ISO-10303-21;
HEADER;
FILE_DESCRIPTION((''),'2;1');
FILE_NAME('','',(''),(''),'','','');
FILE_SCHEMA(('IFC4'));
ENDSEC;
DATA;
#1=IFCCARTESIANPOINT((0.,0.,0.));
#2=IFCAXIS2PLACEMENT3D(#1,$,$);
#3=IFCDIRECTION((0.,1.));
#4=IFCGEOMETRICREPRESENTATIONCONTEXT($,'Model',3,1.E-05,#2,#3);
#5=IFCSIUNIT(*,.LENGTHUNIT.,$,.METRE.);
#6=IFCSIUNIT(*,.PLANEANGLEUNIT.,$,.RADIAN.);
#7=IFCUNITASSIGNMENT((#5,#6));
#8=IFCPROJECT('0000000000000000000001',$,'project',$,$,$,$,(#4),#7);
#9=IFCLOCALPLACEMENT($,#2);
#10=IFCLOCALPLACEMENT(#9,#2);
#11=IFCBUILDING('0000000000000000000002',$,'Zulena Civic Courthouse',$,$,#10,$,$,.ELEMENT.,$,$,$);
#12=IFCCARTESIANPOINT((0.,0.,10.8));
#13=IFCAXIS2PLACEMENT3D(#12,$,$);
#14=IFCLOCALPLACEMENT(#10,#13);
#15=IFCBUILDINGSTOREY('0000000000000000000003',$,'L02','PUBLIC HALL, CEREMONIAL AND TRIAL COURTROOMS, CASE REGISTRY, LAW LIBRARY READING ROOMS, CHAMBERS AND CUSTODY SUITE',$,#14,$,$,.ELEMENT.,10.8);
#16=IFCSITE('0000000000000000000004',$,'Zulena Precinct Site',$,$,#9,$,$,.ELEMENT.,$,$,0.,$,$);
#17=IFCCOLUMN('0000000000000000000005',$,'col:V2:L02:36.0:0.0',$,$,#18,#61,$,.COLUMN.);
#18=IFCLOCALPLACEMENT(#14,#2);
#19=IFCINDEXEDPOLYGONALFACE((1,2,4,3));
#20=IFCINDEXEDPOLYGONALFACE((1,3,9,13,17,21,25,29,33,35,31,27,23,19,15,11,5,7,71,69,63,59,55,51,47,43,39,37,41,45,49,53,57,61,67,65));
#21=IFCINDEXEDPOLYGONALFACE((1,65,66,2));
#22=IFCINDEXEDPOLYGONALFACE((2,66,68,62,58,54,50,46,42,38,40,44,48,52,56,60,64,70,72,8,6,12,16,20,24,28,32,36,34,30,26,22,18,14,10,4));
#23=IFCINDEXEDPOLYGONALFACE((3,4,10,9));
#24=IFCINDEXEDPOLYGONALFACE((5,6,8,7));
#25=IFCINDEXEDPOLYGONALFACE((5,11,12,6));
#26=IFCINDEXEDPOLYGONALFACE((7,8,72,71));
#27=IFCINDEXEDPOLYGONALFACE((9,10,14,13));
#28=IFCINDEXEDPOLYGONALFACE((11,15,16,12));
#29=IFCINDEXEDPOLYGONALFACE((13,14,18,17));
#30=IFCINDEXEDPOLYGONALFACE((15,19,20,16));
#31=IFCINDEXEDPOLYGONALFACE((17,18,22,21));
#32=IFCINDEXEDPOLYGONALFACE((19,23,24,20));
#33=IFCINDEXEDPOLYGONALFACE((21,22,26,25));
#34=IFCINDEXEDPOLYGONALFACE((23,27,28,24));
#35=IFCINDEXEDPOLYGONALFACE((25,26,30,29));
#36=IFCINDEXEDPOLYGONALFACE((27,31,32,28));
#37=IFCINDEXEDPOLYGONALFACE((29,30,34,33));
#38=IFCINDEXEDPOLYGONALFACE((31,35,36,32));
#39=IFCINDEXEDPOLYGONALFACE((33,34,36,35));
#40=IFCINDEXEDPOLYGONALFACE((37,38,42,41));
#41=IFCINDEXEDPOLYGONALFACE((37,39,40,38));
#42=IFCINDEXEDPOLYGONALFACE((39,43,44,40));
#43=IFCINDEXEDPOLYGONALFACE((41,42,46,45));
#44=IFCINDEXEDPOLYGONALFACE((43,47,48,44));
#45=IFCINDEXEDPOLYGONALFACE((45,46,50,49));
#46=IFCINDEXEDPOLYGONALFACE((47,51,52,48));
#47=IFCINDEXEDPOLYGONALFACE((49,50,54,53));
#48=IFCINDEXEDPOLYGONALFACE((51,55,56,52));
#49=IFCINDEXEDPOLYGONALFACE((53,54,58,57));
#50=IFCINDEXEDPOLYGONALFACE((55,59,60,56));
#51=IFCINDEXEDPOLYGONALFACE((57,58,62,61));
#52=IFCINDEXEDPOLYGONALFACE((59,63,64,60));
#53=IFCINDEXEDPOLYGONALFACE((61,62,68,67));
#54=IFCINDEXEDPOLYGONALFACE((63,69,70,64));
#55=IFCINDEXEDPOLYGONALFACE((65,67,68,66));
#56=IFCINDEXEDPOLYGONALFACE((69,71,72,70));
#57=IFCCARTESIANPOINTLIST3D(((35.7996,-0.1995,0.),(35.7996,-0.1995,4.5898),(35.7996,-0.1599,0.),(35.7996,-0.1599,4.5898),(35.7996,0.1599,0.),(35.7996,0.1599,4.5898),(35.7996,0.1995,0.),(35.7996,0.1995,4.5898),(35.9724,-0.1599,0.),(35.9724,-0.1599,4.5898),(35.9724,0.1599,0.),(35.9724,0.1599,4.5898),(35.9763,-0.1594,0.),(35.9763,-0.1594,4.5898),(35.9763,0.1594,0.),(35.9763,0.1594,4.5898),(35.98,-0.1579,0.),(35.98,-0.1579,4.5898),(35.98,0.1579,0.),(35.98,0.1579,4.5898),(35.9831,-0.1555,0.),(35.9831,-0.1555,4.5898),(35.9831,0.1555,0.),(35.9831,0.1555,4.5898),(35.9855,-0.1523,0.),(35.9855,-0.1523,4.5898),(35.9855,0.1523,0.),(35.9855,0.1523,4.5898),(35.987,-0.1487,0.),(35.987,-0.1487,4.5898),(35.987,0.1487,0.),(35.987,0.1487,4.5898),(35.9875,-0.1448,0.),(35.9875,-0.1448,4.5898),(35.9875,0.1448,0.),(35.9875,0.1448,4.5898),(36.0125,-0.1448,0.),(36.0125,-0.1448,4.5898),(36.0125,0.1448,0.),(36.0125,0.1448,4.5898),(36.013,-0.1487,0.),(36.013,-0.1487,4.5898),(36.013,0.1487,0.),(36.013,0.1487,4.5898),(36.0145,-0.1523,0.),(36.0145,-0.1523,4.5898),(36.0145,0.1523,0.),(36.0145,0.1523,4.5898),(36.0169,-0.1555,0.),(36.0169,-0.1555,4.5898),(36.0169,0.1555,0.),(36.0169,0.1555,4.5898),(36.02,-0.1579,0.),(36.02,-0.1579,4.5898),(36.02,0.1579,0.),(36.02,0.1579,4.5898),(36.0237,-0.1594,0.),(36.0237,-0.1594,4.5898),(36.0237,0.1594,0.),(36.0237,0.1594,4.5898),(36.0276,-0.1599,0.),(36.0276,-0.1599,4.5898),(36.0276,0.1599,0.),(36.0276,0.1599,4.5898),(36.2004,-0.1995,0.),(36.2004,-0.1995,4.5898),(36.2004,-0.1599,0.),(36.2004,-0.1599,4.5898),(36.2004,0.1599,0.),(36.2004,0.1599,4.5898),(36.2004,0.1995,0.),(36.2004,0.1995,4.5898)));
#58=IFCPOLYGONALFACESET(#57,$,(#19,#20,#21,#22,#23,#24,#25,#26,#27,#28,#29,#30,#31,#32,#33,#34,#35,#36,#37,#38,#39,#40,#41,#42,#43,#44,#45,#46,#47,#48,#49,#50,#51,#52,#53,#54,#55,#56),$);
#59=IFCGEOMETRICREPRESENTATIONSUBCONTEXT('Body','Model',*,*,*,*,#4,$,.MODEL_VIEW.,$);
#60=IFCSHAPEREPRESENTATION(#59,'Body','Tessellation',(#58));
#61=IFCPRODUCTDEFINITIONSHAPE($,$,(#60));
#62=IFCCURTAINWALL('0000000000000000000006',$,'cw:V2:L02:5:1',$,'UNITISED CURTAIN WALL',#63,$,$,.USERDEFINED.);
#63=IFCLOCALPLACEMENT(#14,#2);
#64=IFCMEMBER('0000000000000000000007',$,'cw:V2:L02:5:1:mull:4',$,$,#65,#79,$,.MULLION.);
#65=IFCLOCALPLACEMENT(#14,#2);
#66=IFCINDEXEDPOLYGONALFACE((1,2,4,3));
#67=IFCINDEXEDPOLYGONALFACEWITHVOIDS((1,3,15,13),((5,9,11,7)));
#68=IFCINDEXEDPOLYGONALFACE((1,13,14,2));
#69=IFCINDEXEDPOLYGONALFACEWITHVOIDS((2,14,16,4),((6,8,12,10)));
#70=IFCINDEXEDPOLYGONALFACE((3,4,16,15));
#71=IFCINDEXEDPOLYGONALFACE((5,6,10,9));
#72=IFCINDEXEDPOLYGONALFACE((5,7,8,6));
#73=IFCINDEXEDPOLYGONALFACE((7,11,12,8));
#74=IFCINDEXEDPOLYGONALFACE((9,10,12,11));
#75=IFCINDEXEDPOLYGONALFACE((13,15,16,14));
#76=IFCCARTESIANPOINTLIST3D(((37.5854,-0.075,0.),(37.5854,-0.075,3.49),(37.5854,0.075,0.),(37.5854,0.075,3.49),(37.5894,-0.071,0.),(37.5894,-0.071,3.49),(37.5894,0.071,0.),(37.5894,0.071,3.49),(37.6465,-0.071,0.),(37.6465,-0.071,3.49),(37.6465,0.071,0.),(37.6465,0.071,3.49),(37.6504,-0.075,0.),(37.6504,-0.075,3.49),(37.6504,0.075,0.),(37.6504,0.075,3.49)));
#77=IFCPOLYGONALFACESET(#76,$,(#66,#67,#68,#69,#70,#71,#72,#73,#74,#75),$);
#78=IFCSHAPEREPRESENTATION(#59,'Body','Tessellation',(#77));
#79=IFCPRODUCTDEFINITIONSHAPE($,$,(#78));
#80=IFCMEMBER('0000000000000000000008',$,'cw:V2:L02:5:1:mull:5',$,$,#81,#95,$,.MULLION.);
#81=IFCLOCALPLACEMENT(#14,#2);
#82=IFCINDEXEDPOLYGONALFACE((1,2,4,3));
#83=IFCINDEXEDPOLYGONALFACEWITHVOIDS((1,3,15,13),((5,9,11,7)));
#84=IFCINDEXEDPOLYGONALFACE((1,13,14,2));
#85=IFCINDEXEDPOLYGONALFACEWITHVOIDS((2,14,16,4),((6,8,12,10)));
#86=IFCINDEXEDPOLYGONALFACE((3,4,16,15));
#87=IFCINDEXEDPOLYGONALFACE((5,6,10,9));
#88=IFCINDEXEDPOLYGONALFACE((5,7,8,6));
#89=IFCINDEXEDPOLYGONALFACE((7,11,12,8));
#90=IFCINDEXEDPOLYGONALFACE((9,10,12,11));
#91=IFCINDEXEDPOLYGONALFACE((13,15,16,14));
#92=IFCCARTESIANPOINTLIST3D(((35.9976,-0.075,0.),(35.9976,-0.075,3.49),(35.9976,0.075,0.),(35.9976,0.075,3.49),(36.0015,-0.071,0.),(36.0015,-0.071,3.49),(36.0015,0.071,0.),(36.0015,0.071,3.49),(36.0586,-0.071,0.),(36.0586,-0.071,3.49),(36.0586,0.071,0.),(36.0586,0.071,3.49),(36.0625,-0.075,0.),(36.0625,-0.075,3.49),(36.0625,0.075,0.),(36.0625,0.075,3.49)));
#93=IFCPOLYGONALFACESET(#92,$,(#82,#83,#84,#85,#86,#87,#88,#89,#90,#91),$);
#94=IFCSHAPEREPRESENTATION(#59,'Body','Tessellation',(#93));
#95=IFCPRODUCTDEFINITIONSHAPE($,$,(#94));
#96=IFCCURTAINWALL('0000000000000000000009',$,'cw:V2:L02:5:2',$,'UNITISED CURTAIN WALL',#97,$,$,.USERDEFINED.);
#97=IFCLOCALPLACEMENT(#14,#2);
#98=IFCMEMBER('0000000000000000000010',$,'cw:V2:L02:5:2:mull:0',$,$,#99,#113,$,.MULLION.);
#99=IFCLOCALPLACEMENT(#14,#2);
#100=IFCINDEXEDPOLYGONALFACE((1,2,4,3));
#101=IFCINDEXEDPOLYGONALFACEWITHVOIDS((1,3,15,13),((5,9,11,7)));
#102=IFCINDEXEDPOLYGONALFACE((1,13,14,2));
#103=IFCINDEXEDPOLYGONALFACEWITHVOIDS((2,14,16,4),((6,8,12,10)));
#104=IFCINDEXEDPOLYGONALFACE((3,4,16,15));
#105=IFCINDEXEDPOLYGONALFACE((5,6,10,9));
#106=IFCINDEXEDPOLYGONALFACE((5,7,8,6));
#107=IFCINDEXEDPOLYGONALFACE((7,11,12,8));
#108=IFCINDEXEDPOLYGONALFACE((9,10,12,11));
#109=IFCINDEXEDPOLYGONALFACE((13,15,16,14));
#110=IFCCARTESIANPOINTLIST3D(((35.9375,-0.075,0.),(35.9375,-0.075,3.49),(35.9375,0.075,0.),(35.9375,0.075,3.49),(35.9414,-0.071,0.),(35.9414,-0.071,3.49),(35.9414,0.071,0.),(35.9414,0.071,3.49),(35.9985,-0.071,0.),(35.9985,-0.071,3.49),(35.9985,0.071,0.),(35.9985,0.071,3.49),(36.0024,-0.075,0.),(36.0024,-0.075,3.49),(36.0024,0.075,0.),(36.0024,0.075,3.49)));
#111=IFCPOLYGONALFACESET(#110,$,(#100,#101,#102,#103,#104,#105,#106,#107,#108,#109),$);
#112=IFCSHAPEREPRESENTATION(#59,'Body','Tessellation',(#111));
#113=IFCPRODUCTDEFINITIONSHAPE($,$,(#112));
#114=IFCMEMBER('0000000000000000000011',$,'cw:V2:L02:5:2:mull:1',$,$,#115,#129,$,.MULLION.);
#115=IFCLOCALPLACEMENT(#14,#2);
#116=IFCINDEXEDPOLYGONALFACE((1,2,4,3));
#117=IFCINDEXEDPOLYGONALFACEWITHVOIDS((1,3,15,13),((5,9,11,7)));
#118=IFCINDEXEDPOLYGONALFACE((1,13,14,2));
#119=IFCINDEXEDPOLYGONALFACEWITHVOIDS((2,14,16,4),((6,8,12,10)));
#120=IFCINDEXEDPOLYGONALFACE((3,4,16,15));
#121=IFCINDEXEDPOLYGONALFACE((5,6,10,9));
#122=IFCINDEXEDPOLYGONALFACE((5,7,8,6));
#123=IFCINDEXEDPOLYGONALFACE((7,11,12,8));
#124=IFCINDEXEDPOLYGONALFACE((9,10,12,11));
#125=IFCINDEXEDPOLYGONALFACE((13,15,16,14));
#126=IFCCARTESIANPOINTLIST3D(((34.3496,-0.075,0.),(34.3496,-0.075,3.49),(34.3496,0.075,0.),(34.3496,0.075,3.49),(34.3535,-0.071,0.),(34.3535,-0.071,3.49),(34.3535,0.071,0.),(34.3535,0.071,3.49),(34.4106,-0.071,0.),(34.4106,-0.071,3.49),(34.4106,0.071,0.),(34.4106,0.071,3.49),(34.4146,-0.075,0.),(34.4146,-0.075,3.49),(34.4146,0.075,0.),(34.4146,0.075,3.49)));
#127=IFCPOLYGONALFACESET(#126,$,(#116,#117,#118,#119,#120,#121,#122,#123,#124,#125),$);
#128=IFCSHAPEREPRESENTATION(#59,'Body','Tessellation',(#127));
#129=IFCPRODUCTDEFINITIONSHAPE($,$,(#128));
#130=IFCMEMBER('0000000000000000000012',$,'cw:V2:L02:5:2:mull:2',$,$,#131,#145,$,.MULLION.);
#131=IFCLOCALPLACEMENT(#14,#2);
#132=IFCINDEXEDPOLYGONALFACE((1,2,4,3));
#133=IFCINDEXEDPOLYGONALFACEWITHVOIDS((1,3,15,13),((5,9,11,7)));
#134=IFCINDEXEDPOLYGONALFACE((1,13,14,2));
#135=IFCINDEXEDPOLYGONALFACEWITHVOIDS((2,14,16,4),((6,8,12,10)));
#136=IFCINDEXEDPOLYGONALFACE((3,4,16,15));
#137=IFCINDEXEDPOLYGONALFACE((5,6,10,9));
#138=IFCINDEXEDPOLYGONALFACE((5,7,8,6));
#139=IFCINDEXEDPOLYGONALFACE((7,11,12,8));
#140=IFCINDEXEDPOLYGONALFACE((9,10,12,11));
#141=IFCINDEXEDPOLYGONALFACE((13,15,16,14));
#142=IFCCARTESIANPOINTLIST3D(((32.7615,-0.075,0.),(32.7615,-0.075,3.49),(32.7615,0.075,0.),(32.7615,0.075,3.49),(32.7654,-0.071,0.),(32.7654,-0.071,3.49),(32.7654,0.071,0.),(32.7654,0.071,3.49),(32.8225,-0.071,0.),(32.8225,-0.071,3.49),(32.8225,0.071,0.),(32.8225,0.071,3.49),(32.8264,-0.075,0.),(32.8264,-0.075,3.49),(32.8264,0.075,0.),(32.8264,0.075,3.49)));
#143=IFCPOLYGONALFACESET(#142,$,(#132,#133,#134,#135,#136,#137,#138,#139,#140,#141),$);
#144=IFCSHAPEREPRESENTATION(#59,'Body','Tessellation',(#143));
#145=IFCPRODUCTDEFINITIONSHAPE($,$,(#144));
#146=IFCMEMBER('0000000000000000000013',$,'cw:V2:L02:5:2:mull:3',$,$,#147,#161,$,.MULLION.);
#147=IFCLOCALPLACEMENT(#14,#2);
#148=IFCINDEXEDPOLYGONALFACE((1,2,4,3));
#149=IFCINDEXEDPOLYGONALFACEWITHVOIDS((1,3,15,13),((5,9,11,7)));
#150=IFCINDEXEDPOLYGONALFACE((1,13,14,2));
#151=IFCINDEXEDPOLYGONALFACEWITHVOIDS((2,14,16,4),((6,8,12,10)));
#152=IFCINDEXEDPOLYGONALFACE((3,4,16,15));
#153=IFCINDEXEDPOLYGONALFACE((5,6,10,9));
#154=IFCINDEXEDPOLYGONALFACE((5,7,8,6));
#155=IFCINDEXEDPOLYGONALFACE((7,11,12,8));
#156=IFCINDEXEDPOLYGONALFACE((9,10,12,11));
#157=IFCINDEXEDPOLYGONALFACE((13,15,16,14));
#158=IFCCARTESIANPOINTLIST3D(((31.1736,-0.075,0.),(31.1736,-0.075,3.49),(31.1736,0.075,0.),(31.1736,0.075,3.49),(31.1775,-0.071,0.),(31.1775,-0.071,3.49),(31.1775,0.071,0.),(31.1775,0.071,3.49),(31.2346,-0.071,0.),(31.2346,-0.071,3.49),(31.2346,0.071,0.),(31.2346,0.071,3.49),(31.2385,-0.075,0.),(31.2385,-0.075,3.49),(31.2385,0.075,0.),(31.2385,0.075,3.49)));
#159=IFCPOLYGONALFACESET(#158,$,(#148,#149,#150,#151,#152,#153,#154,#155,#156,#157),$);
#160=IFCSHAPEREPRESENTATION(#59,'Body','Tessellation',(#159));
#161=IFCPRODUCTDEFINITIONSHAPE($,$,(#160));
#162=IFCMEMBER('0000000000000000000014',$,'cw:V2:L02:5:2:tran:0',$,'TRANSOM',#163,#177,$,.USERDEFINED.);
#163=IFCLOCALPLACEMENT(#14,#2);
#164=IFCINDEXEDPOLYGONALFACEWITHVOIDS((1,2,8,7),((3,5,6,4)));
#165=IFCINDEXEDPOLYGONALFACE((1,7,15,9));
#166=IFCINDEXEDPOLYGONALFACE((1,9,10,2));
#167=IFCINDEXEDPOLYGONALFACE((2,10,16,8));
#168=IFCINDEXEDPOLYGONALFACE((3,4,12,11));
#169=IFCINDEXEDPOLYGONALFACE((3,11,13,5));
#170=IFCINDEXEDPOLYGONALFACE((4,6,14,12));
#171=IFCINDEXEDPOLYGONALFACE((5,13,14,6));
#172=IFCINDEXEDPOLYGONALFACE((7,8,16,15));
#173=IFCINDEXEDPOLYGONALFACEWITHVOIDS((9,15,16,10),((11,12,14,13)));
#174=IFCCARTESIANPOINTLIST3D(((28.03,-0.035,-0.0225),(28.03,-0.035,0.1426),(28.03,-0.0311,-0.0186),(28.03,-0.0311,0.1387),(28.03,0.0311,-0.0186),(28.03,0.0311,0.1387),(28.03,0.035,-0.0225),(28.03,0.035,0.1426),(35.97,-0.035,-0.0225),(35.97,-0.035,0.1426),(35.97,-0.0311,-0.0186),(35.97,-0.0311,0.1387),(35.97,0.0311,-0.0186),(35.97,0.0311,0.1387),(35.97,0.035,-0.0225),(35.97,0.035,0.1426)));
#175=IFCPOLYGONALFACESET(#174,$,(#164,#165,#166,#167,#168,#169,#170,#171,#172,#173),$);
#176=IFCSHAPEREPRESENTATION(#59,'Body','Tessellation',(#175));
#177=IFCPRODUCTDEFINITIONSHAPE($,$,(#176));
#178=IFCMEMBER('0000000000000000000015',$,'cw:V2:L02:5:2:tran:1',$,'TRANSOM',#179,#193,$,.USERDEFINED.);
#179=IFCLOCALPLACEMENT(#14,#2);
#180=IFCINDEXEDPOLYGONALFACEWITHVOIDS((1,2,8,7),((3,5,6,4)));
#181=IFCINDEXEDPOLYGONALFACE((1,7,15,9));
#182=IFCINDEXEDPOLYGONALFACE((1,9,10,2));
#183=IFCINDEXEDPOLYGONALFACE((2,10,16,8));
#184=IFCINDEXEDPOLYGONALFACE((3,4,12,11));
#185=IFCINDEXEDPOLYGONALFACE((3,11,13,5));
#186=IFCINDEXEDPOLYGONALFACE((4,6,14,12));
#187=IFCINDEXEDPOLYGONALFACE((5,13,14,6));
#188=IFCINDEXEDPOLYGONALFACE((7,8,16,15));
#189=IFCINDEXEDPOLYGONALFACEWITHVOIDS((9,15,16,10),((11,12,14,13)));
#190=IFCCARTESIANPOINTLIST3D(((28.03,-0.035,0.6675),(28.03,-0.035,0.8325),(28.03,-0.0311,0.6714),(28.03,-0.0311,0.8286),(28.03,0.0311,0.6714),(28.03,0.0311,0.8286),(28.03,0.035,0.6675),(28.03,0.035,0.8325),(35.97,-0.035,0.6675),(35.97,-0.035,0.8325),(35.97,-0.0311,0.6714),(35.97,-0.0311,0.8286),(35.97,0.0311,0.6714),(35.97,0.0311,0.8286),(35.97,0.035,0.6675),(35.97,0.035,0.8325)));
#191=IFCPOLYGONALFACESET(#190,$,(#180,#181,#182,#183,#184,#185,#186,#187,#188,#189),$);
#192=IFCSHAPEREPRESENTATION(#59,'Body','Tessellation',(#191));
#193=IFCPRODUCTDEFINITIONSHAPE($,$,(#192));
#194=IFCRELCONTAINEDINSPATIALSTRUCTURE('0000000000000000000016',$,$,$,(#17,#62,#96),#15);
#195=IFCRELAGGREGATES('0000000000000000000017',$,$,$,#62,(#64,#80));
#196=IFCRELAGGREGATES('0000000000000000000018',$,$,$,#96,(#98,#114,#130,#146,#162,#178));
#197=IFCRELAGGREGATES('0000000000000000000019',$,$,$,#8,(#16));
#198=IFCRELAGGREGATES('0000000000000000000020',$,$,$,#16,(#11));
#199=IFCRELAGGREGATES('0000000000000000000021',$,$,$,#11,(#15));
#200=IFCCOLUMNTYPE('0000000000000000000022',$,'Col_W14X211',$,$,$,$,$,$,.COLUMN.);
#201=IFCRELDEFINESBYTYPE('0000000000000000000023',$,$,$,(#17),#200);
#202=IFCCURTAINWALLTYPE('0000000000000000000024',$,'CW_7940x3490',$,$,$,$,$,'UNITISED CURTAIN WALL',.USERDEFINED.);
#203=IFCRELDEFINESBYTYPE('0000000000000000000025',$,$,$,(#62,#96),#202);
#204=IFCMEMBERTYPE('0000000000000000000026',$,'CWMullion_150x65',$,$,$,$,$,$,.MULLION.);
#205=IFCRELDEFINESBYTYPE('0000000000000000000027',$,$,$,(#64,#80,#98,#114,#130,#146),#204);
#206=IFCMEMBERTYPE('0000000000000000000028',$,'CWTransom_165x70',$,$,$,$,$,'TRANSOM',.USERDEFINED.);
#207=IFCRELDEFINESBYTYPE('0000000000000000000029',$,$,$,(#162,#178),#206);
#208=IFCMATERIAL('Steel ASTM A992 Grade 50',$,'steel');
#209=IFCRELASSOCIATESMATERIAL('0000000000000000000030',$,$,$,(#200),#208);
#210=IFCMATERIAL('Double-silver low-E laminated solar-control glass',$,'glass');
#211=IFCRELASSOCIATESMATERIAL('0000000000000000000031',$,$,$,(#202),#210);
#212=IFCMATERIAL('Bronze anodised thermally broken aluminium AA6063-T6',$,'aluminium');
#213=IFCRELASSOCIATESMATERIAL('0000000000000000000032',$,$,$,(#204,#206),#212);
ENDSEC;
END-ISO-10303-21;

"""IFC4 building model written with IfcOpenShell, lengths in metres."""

from ifc_helpers import new_model, si_unit, direction, frame, origin, origin_2d, place, context, subcontext, project, spatial, hollow_rectangle, i_section, extrude, material, material_profile, profile_set, type_object, element, aggregate, save


model = new_model("IFC4")

# Units and contexts
model_context = context("Model", 3, precision=1e-05, world=origin(), true_north=direction((0.0, 1.0)))
body_context = subcontext(model_context, "Body", "Model", "MODEL_VIEW")
ifc_project = project(units=[si_unit("LENGTHUNIT", "METRE"), si_unit("PLANEANGLEUNIT", "RADIAN")], contexts=[model_context])

# Site, building, storey
site_placement = place(None, origin())
site = spatial("IfcSite", under=ifc_project, at=site_placement, Name="Zulena Precinct Site", CompositionType="ELEMENT", RefElevation=0.0)
building_placement = place(site_placement, origin())
building = spatial("IfcBuilding", under=site, at=building_placement, Name="Zulena Civic Courthouse", CompositionType="ELEMENT")
storey_placement = place(building_placement, frame((0.0, 0.0, 10.8)))
storey = spatial("IfcBuildingStorey", under=building, at=storey_placement, Name="L02", Description="PUBLIC HALL, CEREMONIAL AND TRIAL COURTROOMS, CASE REGISTRY, LAW LIBRARY READING ROOMS, CHAMBERS AND CUSTODY SUITE", CompositionType="ELEMENT", Elevation=10.8)

# Column
ifc_material_1 = material(Name="Steel ASTM A992 Grade 50", Category="steel")
ifc_material_profile_1 = material_profile(ifc_material_1, i_section(OverallWidth=0.4009, OverallDepth=0.3989, WebThickness=0.0249, FlangeThickness=0.0396, FilletRadius=0.0151, at=origin_2d()), Name="W14X211")
ifc_profile_set_1 = profile_set([ifc_material_profile_1], Name="Steel ASTM A992 Grade 50")
column_type = type_object("IfcColumnType", Name="Col_W14X211", PredefinedType="COLUMN", material=ifc_profile_set_1)
column_placement = place(storey_placement, frame((36.0, 0.0, 0.0), z_axis=(0.0, 0.0, 1.0), x_axis=(1.0, 0.0, 0.0)))
element("IfcColumn", 1, at=column_placement, inside=storey, type_object=column_type, Name="col:V2:L02:36.0:0.0", PredefinedType="COLUMN", context=body_context, shape_type="SweptSolid", body=[
    extrude(i_section(OverallWidth=0.4009, OverallDepth=0.3989, WebThickness=0.0249, FlangeThickness=0.0396, FilletRadius=0.0151, at=origin_2d()), origin(), (0.0, 0.0, 1.0), 4.5898),
])

# Curtain walls, members
ifc_material_2 = material(Name="Double-silver low-E laminated solar-control glass", Category="glass")
curtain_wall_type = type_object("IfcCurtainWallType", Name="CW_7940x3490", ElementType="UNITISED CURTAIN WALL", PredefinedType="USERDEFINED", material=ifc_material_2)
curtain_wall_1_placement = place(storey_placement, origin())
curtain_wall_1 = element("IfcCurtainWall", 2, at=curtain_wall_1_placement, inside=storey, type_object=curtain_wall_type, Name="cw:V2:L02:5:1", ObjectType="UNITISED CURTAIN WALL", PredefinedType="USERDEFINED")
ifc_material_3 = material(Name="Bronze anodised thermally broken aluminium AA6063-T6", Category="aluminium")
ifc_material_profile_2 = material_profile(ifc_material_3, hollow_rectangle(XDim=0.0649, YDim=0.1499, WallThickness=0.0039, at=origin_2d()), Name="CWM150X65X4")
ifc_profile_set_2 = profile_set([ifc_material_profile_2], Name="Bronze anodised thermally broken aluminium AA6063-T6")
member_type_1 = type_object("IfcMemberType", Name="CWMullion_150x65", PredefinedType="MULLION", material=ifc_profile_set_2)
member_1_placement = place(storey_placement, frame((37.6179, 0.0, 0.0), z_axis=(0.0, 0.0, 1.0), x_axis=(1.0, 0.0, 0.0)))
member_1 = element("IfcMember", 3, at=member_1_placement, type_object=member_type_1, Name="cw:V2:L02:5:1:mull:4", PredefinedType="MULLION", context=body_context, shape_type="SweptSolid", body=[
    extrude(hollow_rectangle(XDim=0.0649, YDim=0.1499, WallThickness=0.0039, at=origin_2d()), origin(), (0.0, 0.0, 1.0), 3.49),
])
member_2_placement = place(storey_placement, frame((36.03, 0.0, 0.0), z_axis=(0.0, 0.0, 1.0), x_axis=(1.0, 0.0, 0.0)))
member_2 = element("IfcMember", 4, at=member_2_placement, type_object=member_type_1, Name="cw:V2:L02:5:1:mull:5", PredefinedType="MULLION", context=body_context, shape_type="SweptSolid", body=[
    extrude(hollow_rectangle(XDim=0.0649, YDim=0.1499, WallThickness=0.0039, at=origin_2d()), origin(), (0.0, 0.0, 1.0), 3.49),
])
curtain_wall_2_placement = place(storey_placement, origin())
curtain_wall_2 = element("IfcCurtainWall", 5, at=curtain_wall_2_placement, inside=storey, type_object=curtain_wall_type, Name="cw:V2:L02:5:2", ObjectType="UNITISED CURTAIN WALL", PredefinedType="USERDEFINED")
member_3_placement = place(storey_placement, frame((35.97, 0.0, 0.0), z_axis=(0.0, 0.0, 1.0), x_axis=(1.0, 0.0, 0.0)))
member_3 = element("IfcMember", 6, at=member_3_placement, type_object=member_type_1, Name="cw:V2:L02:5:2:mull:0", PredefinedType="MULLION", context=body_context, shape_type="SweptSolid", body=[
    extrude(hollow_rectangle(XDim=0.0649, YDim=0.1499, WallThickness=0.0039, at=origin_2d()), origin(), (0.0, 0.0, 1.0), 3.49),
])
member_4_placement = place(storey_placement, frame((34.3821, 0.0, 0.0), z_axis=(0.0, 0.0, 1.0), x_axis=(1.0, 0.0, 0.0)))
member_4 = element("IfcMember", 7, at=member_4_placement, type_object=member_type_1, Name="cw:V2:L02:5:2:mull:1", PredefinedType="MULLION", context=body_context, shape_type="SweptSolid", body=[
    extrude(hollow_rectangle(XDim=0.0649, YDim=0.1499, WallThickness=0.0039, at=origin_2d()), origin(), (0.0, 0.0, 1.0), 3.49),
])
member_5_placement = place(storey_placement, frame((32.7939, 0.0, 0.0), z_axis=(0.0, 0.0, 1.0), x_axis=(1.0, 0.0, 0.0)))
member_5 = element("IfcMember", 8, at=member_5_placement, type_object=member_type_1, Name="cw:V2:L02:5:2:mull:2", PredefinedType="MULLION", context=body_context, shape_type="SweptSolid", body=[
    extrude(hollow_rectangle(XDim=0.0649, YDim=0.1499, WallThickness=0.0039, at=origin_2d()), origin(), (0.0, 0.0, 1.0), 3.49),
])
member_6_placement = place(storey_placement, frame((31.2061, 0.0, 0.0), z_axis=(0.0, 0.0, 1.0), x_axis=(1.0, 0.0, 0.0)))
member_6 = element("IfcMember", 9, at=member_6_placement, type_object=member_type_1, Name="cw:V2:L02:5:2:mull:3", PredefinedType="MULLION", context=body_context, shape_type="SweptSolid", body=[
    extrude(hollow_rectangle(XDim=0.0649, YDim=0.1499, WallThickness=0.0039, at=origin_2d()), origin(), (0.0, 0.0, 1.0), 3.49),
])
ifc_material_profile_3 = material_profile(ifc_material_3, hollow_rectangle(XDim=0.0701, YDim=0.165, WallThickness=0.0039, at=origin_2d()), Name="CWT165X70X4")
ifc_profile_set_3 = profile_set([ifc_material_profile_3], Name="Bronze anodised thermally broken aluminium AA6063-T6")
member_type_2 = type_object("IfcMemberType", Name="CWTransom_165x70", ElementType="TRANSOM", PredefinedType="USERDEFINED", material=ifc_profile_set_3)
member_7_placement = place(storey_placement, frame((35.97, 0.0, 0.0601), z_axis=(-1.0, 0.0, 0.0), x_axis=(0.0, -1.0, 0.0)))
member_7 = element("IfcMember", 10, at=member_7_placement, type_object=member_type_2, Name="cw:V2:L02:5:2:tran:0", ObjectType="TRANSOM", PredefinedType="USERDEFINED", context=body_context, shape_type="SweptSolid", body=[
    extrude(hollow_rectangle(XDim=0.0701, YDim=0.165, WallThickness=0.0039, at=origin_2d()), origin(), (0.0, 0.0, 1.0), 7.9399),
])
member_8_placement = place(storey_placement, frame((35.97, 0.0, 0.75), z_axis=(-1.0, 0.0, 0.0), x_axis=(0.0, -1.0, 0.0)))
member_8 = element("IfcMember", 11, at=member_8_placement, type_object=member_type_2, Name="cw:V2:L02:5:2:tran:1", ObjectType="TRANSOM", PredefinedType="USERDEFINED", context=body_context, shape_type="SweptSolid", body=[
    extrude(hollow_rectangle(XDim=0.0701, YDim=0.165, WallThickness=0.0039, at=origin_2d()), origin(), (0.0, 0.0, 1.0), 7.9399),
])

aggregate(curtain_wall_1, [member_1, member_2])
aggregate(curtain_wall_2, [member_3, member_4, member_5, member_6, member_7, member_8])

save(model, "model.ifc")
